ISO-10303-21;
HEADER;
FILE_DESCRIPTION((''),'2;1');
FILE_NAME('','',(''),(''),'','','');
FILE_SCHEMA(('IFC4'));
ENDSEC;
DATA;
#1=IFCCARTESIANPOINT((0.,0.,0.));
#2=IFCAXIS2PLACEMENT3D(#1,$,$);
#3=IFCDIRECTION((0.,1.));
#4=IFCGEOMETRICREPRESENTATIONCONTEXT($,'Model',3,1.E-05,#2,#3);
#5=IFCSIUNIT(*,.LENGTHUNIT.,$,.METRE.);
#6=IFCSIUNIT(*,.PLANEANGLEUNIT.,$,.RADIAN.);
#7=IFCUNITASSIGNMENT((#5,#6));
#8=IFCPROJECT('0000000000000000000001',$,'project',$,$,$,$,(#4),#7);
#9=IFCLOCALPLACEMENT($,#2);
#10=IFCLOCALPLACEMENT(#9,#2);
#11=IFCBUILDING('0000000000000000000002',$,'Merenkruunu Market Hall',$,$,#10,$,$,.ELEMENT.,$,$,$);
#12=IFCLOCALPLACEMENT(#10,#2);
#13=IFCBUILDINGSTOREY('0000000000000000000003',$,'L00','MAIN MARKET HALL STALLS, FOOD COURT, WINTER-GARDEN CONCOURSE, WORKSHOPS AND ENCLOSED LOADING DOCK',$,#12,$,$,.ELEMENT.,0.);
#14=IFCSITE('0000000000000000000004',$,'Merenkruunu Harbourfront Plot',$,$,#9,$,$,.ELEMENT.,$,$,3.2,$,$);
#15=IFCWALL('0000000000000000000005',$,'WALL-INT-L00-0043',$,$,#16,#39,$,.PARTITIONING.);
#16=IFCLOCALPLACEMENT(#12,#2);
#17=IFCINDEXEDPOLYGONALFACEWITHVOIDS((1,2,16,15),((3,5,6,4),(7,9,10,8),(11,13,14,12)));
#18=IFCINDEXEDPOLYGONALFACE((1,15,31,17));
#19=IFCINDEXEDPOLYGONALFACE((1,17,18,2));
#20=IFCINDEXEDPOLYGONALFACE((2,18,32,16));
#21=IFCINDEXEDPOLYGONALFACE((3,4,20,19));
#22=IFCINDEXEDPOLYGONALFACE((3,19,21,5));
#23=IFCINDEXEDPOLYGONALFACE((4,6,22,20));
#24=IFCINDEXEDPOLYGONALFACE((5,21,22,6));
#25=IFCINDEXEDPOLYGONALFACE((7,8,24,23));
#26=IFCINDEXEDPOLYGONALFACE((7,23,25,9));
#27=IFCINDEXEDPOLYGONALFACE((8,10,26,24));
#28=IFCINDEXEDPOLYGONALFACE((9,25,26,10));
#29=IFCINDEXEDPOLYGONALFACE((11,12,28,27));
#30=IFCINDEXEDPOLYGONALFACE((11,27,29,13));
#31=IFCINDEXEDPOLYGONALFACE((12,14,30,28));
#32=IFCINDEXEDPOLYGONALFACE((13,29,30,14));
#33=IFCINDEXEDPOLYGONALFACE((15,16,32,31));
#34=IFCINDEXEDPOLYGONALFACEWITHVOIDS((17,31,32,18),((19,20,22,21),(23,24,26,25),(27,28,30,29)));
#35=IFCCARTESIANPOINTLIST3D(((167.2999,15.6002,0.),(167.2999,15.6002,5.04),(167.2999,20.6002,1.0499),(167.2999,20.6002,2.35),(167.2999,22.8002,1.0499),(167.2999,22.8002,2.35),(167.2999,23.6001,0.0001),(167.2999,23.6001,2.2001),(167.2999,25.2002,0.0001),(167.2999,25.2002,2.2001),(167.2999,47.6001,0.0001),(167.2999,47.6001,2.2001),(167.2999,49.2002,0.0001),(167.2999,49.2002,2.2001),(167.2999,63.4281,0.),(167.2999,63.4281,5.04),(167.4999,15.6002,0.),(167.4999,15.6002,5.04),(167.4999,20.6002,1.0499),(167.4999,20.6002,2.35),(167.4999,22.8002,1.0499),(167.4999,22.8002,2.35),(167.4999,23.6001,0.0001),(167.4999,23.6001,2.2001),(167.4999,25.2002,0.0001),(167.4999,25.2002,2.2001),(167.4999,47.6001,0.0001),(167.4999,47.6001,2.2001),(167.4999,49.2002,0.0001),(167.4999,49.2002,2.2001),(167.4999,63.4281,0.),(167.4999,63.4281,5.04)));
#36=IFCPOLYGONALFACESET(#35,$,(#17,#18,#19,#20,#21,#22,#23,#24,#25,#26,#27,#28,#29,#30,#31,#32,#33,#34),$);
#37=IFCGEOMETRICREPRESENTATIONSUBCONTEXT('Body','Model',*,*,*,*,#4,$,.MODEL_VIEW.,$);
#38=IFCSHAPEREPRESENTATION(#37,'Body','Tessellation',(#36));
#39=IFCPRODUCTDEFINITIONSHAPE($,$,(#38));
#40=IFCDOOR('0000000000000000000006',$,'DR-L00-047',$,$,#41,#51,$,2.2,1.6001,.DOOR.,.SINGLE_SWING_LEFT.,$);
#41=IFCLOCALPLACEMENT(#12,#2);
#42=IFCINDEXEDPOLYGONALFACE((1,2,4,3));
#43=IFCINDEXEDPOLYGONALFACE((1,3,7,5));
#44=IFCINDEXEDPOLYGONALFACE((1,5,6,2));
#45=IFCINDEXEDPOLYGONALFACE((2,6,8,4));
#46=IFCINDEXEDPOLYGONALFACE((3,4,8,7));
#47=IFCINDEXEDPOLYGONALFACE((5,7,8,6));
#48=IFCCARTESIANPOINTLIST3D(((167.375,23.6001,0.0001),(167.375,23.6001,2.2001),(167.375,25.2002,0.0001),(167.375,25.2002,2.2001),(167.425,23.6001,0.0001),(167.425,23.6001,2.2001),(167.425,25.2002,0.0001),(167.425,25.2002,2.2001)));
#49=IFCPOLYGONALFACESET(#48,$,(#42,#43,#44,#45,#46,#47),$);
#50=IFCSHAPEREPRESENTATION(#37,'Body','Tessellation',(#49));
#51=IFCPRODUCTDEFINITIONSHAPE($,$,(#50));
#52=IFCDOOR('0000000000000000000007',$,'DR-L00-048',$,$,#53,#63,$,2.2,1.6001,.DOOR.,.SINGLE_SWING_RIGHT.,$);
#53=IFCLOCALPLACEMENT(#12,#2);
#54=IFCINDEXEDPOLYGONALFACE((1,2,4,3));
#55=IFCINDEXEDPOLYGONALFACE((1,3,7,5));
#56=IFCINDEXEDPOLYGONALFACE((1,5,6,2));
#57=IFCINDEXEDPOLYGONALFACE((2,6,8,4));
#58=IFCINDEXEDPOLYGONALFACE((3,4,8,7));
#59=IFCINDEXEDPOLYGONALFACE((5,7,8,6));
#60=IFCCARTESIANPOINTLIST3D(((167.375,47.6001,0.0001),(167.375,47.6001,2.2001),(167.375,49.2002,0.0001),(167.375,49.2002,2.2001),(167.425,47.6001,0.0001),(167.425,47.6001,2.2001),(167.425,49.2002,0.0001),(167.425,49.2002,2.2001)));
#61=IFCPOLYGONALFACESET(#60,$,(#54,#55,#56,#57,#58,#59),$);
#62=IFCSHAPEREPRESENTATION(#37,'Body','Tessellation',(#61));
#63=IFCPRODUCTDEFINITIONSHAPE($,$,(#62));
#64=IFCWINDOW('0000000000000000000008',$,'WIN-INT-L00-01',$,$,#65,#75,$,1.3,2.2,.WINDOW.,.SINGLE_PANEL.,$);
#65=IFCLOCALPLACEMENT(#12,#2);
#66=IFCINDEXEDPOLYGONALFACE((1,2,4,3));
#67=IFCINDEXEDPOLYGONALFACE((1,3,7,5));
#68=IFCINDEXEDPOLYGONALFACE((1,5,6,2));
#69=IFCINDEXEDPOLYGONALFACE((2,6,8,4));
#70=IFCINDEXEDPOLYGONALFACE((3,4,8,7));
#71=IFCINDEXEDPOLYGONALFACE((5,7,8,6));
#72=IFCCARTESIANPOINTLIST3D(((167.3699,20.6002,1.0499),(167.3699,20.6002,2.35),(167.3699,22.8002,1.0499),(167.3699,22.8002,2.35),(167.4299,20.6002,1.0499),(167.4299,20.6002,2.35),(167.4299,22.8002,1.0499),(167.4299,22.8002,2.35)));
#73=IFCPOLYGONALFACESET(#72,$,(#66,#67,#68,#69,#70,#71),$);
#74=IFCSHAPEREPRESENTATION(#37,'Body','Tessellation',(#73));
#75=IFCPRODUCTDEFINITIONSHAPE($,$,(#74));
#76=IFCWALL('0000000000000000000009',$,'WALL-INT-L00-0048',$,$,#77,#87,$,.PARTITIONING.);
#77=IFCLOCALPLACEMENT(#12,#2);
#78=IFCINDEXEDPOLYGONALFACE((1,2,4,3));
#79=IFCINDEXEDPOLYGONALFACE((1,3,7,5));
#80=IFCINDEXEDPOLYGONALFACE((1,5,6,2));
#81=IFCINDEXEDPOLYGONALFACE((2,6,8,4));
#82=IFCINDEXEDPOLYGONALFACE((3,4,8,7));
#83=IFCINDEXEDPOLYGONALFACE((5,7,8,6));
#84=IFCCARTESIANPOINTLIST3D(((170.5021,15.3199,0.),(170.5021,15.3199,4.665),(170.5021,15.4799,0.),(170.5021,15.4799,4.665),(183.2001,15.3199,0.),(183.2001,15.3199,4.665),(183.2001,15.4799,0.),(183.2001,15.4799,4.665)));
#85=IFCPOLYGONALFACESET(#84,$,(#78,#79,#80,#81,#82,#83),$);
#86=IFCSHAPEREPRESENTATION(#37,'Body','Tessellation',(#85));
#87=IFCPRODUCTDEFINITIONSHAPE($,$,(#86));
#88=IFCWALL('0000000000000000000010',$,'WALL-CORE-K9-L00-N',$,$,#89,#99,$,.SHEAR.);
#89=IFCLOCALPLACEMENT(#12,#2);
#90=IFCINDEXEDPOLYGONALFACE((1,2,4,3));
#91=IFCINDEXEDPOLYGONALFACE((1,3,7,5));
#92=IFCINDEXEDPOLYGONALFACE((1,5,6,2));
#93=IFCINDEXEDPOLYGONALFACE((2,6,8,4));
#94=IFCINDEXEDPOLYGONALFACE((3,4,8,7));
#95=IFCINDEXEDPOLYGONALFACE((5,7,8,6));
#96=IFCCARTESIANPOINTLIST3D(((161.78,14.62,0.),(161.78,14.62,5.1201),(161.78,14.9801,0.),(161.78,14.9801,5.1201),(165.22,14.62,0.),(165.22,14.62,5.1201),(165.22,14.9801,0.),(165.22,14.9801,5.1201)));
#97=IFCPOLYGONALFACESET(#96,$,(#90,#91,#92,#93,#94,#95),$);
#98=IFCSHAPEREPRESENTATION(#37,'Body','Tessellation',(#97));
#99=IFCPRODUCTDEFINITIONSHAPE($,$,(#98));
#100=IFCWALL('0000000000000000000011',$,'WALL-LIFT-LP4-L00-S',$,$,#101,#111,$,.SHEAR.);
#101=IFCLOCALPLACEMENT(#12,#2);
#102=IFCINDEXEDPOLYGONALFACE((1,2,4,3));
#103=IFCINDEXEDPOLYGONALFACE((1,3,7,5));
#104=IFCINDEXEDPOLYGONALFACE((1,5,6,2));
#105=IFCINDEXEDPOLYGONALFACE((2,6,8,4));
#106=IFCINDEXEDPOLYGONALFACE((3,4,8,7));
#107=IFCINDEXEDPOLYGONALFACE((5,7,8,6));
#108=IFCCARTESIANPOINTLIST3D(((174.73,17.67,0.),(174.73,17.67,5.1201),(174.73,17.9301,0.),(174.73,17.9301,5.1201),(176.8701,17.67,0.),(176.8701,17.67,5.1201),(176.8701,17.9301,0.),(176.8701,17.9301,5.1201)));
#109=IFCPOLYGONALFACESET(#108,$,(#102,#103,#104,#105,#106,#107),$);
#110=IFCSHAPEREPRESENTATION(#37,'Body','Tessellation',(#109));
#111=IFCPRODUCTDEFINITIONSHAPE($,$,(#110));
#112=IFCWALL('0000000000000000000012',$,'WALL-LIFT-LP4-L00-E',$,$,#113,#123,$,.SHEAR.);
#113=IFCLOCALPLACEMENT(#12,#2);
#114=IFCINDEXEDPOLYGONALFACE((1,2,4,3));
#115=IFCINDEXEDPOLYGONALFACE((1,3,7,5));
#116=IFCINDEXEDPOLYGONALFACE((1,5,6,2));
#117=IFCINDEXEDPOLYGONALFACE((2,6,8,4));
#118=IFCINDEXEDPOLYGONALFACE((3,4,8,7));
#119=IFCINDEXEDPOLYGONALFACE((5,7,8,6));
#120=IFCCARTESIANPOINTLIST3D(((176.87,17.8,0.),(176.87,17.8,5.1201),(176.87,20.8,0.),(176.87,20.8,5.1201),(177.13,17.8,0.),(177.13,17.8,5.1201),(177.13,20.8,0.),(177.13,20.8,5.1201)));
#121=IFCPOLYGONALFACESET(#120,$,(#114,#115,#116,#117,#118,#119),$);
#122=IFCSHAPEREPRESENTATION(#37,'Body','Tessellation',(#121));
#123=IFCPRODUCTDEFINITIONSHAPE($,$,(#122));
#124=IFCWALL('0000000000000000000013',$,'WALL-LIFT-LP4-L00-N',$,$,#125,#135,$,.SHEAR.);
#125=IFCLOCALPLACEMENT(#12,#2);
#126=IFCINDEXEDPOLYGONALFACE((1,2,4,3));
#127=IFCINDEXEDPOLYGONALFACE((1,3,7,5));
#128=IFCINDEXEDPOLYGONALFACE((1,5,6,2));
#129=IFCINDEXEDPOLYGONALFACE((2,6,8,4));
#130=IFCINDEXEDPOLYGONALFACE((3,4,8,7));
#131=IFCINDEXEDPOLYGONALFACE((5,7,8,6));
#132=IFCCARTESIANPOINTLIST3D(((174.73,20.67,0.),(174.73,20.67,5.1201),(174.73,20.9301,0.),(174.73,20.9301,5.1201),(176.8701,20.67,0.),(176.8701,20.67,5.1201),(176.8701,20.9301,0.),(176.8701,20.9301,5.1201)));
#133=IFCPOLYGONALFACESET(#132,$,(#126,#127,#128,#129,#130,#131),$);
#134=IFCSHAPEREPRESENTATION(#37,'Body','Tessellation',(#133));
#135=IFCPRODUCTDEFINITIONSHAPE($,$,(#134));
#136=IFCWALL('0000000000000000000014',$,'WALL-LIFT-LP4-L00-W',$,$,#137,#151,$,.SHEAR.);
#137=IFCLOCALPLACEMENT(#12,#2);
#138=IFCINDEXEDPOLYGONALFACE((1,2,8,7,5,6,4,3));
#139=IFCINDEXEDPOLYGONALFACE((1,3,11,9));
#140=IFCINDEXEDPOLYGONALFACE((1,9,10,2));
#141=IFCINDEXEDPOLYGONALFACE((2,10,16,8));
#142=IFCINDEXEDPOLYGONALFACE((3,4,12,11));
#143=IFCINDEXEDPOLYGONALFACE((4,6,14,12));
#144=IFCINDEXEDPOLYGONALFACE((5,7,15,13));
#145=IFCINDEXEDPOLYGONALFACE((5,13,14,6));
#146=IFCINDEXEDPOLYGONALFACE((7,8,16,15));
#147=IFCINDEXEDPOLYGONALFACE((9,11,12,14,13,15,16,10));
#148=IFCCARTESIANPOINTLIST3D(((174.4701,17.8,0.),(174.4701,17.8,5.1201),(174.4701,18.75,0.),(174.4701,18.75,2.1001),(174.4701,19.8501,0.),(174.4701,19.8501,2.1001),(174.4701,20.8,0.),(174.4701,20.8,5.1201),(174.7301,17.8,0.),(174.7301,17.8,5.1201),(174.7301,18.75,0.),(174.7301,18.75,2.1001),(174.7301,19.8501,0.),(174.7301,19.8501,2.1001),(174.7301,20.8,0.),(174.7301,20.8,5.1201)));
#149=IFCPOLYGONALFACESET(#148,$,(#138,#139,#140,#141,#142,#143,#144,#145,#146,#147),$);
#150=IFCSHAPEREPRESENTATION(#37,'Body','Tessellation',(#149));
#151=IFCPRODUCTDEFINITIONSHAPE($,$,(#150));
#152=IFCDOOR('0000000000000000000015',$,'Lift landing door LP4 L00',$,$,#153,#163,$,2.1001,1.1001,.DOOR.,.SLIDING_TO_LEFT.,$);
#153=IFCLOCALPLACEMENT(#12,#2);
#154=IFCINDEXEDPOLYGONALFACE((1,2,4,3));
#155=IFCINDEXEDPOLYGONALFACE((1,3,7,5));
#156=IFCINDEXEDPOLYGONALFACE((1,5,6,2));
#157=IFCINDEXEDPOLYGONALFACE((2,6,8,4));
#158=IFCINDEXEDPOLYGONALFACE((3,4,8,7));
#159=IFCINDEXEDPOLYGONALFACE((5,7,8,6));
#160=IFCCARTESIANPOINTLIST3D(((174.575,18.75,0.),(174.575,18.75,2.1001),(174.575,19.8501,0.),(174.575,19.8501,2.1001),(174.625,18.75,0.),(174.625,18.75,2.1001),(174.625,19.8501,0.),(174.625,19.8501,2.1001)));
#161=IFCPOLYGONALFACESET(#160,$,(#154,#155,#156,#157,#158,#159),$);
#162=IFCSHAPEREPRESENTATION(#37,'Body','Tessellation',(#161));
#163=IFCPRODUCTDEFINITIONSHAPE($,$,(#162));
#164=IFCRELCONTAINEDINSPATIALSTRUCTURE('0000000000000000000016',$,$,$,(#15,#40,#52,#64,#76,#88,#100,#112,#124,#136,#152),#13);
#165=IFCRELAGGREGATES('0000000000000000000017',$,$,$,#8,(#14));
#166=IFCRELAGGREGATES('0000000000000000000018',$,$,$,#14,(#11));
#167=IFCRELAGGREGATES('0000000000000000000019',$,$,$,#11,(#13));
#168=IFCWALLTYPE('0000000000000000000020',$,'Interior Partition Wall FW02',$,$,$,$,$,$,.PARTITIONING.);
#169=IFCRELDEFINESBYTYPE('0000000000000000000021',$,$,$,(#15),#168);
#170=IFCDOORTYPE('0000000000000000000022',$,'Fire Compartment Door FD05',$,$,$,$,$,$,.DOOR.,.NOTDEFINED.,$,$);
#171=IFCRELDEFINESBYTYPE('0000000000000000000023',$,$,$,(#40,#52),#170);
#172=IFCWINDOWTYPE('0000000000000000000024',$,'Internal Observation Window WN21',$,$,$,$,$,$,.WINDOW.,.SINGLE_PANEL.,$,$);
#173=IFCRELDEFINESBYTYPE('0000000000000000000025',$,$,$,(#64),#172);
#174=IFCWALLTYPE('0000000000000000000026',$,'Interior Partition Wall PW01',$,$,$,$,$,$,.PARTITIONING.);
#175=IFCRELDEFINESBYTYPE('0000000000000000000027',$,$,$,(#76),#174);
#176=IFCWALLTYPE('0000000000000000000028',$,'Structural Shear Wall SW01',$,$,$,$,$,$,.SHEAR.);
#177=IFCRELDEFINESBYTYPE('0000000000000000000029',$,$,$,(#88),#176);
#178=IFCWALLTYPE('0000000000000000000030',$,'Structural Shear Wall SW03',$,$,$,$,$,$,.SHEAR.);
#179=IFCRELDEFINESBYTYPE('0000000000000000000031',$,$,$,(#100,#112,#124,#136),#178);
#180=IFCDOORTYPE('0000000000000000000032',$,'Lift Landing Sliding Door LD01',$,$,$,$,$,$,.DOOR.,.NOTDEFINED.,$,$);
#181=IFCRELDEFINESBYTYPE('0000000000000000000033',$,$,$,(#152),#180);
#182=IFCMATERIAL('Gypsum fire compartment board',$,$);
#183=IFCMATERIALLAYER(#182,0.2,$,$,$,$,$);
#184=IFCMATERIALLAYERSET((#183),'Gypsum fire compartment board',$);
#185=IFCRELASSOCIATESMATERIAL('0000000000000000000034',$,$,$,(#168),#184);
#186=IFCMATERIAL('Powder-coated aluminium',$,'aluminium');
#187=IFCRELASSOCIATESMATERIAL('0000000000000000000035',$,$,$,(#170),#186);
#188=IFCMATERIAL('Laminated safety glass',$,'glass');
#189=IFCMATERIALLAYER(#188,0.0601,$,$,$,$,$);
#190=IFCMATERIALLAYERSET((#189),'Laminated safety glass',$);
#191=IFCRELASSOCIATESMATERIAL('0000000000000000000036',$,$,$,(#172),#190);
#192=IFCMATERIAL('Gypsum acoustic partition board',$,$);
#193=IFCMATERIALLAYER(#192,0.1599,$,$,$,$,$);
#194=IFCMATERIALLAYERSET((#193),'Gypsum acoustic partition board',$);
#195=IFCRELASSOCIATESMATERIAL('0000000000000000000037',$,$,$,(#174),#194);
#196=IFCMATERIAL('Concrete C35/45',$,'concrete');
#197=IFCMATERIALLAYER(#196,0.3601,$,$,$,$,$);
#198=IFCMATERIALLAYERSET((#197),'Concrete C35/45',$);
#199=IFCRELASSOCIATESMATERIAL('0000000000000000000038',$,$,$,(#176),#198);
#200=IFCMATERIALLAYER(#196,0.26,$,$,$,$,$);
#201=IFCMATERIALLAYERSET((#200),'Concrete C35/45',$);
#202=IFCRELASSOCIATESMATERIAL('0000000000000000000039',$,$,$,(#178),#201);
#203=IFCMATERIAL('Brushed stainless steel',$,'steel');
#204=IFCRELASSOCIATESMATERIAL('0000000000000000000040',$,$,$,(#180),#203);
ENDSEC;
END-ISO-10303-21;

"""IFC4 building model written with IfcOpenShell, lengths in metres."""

from ifc_helpers import new_model, si_unit, direction, frame, frame_2d, origin, place, context, subcontext, project, spatial, rectangle, extrude, material, layer, layer_set, type_object, element, fill, save


model = new_model("IFC4")

# Units and contexts
model_context = context("Model", 3, precision=1e-05, world=origin(), true_north=direction((0.0, 1.0)))
body_context = subcontext(model_context, "Body", "Model", "MODEL_VIEW")
ifc_project = project(units=[si_unit("LENGTHUNIT", "METRE"), si_unit("PLANEANGLEUNIT", "RADIAN")], contexts=[model_context])

# Site, building, storey
site_placement = place(None, origin())
site = spatial("IfcSite", under=ifc_project, at=site_placement, Name="Merenkruunu Harbourfront Plot", CompositionType="ELEMENT", RefElevation=3.2)
building_placement = place(site_placement, origin())
building = spatial("IfcBuilding", under=site, at=building_placement, Name="Merenkruunu Market Hall", CompositionType="ELEMENT")
storey_placement = place(building_placement, origin())
storey = spatial("IfcBuildingStorey", under=building, at=storey_placement, Name="L00", Description="MAIN MARKET HALL STALLS, FOOD COURT, WINTER-GARDEN CONCOURSE, WORKSHOPS AND ENCLOSED LOADING DOCK", CompositionType="ELEMENT", Elevation=0.0)

# Wall, openings, doors, window
ifc_material_1 = material(Name="Gypsum fire compartment board")
ifc_layer_1 = layer(ifc_material_1, 0.2)
ifc_layer_set_1 = layer_set([ifc_layer_1], Name="Gypsum fire compartment board")
wall_type_1 = type_object("IfcWallType", Name="Interior Partition Wall FW02", PredefinedType="PARTITIONING", material=ifc_layer_set_1)
wall_1_placement = place(storey_placement, frame((167.3999, 15.6001, 0.0), z_axis=(0.0, 0.0, 1.0), x_axis=(0.0, 1.0, 0.0)))
wall_1 = element("IfcWall", 1, at=wall_1_placement, inside=storey, type_object=wall_type_1, Name="WALL-INT-L00-0043", PredefinedType="PARTITIONING", context=body_context, shape_type="SweptSolid", body=[
    extrude(rectangle(XDim=47.8279, YDim=0.2, at=frame_2d((23.9141, 0.0))), origin(), (0.0, 0.0, 1.0), 5.04),
])
opening_1_placement = place(wall_1_placement, frame((8.0, 0.0, 0.0)))
opening_1 = element("IfcOpeningElement", 2, at=opening_1_placement, cuts=wall_1, PredefinedType="OPENING", context=body_context, shape_type="SweptSolid", body=[
    extrude(rectangle(XDim=1.6001, YDim=2.2, at=frame_2d((0.8, 1.1001))), frame((0.0, 0.1099, 0.0), z_axis=(0.0, -1.0, 0.0), x_axis=(1.0, 0.0, 0.0)), (0.0, 0.0, 1.0), 0.22),
])
opening_2_placement = place(wall_1_placement, frame((32.0, 0.0, 0.0)))
opening_2 = element("IfcOpeningElement", 3, at=opening_2_placement, cuts=wall_1, PredefinedType="OPENING", context=body_context, shape_type="SweptSolid", body=[
    extrude(rectangle(XDim=1.6001, YDim=2.2, at=frame_2d((0.8, 1.1001))), frame((0.0, 0.1099, 0.0), z_axis=(0.0, -1.0, 0.0), x_axis=(1.0, 0.0, 0.0)), (0.0, 0.0, 1.0), 0.22),
])
opening_3_placement = place(wall_1_placement, frame((5.0, 0.0, 1.05)))
opening_3 = element("IfcOpeningElement", 4, at=opening_3_placement, cuts=wall_1, PredefinedType="OPENING", context=body_context, shape_type="SweptSolid", body=[
    extrude(rectangle(XDim=2.2, YDim=1.3, at=frame_2d((1.1001, 0.6499))), frame((0.0, 0.1099, 0.0), z_axis=(0.0, -1.0, 0.0), x_axis=(1.0, 0.0, 0.0)), (0.0, 0.0, 1.0), 0.22),
])
ifc_material_2 = material(Name="Powder-coated aluminium", Category="aluminium")
door_type_1 = type_object("IfcDoorType", Name="Fire Compartment Door FD05", OperationType="NOTDEFINED", PredefinedType="DOOR", material=ifc_material_2)
door_1_placement = place(opening_1_placement, origin())
door_1 = element("IfcDoor", 5, at=door_1_placement, inside=storey, type_object=door_type_1, Name="DR-L00-047", OperationType="SINGLE_SWING_LEFT", OverallHeight=2.2, OverallWidth=1.6001, PredefinedType="DOOR", context=body_context, shape_type="SweptSolid", body=[
    extrude(rectangle(XDim=1.6001, YDim=2.2, at=frame_2d((0.8, 1.1001))), frame((0.0, 0.0249, 0.0), z_axis=(0.0, -1.0, 0.0), x_axis=(1.0, 0.0, 0.0)), (0.0, 0.0, 1.0), 0.05),
])
fill(opening_1, door_1)
door_2_placement = place(opening_2_placement, origin())
door_2 = element("IfcDoor", 6, at=door_2_placement, inside=storey, type_object=door_type_1, Name="DR-L00-048", OperationType="SINGLE_SWING_RIGHT", OverallHeight=2.2, OverallWidth=1.6001, PredefinedType="DOOR", context=body_context, shape_type="SweptSolid", body=[
    extrude(rectangle(XDim=1.6001, YDim=2.2, at=frame_2d((0.8, 1.1001))), frame((0.0, 0.0249, 0.0), z_axis=(0.0, -1.0, 0.0), x_axis=(1.0, 0.0, 0.0)), (0.0, 0.0, 1.0), 0.05),
])
fill(opening_2, door_2)
ifc_material_3 = material(Name="Laminated safety glass", Category="glass")
ifc_layer_2 = layer(ifc_material_3, 0.0601)
ifc_layer_set_2 = layer_set([ifc_layer_2], Name="Laminated safety glass")
window_type = type_object("IfcWindowType", Name="Internal Observation Window WN21", PartitioningType="SINGLE_PANEL", PredefinedType="WINDOW", material=ifc_layer_set_2)
window_placement = place(opening_3_placement, origin())
window = element("IfcWindow", 7, at=window_placement, inside=storey, type_object=window_type, Name="WIN-INT-L00-01", OverallHeight=1.3, OverallWidth=2.2, PartitioningType="SINGLE_PANEL", PredefinedType="WINDOW", context=body_context, shape_type="SweptSolid", body=[
    extrude(rectangle(XDim=2.2, YDim=1.3, at=frame_2d((1.1001, 0.6499))), frame((0.0, 0.03, 0.0), z_axis=(0.0, -1.0, 0.0), x_axis=(1.0, 0.0, 0.0)), (0.0, 0.0, 1.0), 0.0601),
])
fill(opening_3, window)

# Walls
ifc_material_4 = material(Name="Gypsum acoustic partition board")
ifc_layer_3 = layer(ifc_material_4, 0.1599)
ifc_layer_set_3 = layer_set([ifc_layer_3], Name="Gypsum acoustic partition board")
wall_type_2 = type_object("IfcWallType", Name="Interior Partition Wall PW01", PredefinedType="PARTITIONING", material=ifc_layer_set_3)
wall_2_placement = place(storey_placement, frame((170.502, 15.3999, 0.0), z_axis=(0.0, 0.0, 1.0), x_axis=(1.0, 0.0, 0.0)))
element("IfcWall", 8, at=wall_2_placement, inside=storey, type_object=wall_type_2, Name="WALL-INT-L00-0048", PredefinedType="PARTITIONING", context=body_context, shape_type="SweptSolid", body=[
    extrude(rectangle(XDim=12.698, YDim=0.1599, at=frame_2d((6.3491, 0.0))), origin(), (0.0, 0.0, 1.0), 4.665),
])
ifc_material_5 = material(Name="Concrete C35/45", Category="concrete")
ifc_layer_4 = layer(ifc_material_5, 0.3601)
ifc_layer_set_4 = layer_set([ifc_layer_4], Name="Concrete C35/45")
wall_type_3 = type_object("IfcWallType", Name="Structural Shear Wall SW01", PredefinedType="SHEAR", material=ifc_layer_set_4)
wall_3_placement = place(storey_placement, frame((165.22, 14.8, 0.0), z_axis=(0.0, 0.0, 1.0), x_axis=(-1.0, 0.0, 0.0)))
element("IfcWall", 9, at=wall_3_placement, inside=storey, type_object=wall_type_3, Name="WALL-CORE-K9-L00-N", PredefinedType="SHEAR", context=body_context, shape_type="SweptSolid", body=[
    extrude(rectangle(XDim=3.4399, YDim=0.3601, at=frame_2d((1.72, 0.0))), origin(), (0.0, 0.0, 1.0), 5.1201),
])
ifc_layer_5 = layer(ifc_material_5, 0.26)
ifc_layer_set_5 = layer_set([ifc_layer_5], Name="Concrete C35/45")
wall_type_4 = type_object("IfcWallType", Name="Structural Shear Wall SW03", PredefinedType="SHEAR", material=ifc_layer_set_5)
wall_4_placement = place(storey_placement, frame((174.73, 17.8, 0.0), z_axis=(0.0, 0.0, 1.0), x_axis=(1.0, 0.0, 0.0)))
element("IfcWall", 10, at=wall_4_placement, inside=storey, type_object=wall_type_4, Name="WALL-LIFT-LP4-L00-S", PredefinedType="SHEAR", context=body_context, shape_type="SweptSolid", body=[
    extrude(rectangle(XDim=2.1401, YDim=0.26, at=frame_2d((1.0701, 0.0))), origin(), (0.0, 0.0, 1.0), 5.1201),
])
wall_5_placement = place(storey_placement, frame((177.0, 17.8, 0.0), z_axis=(0.0, 0.0, 1.0), x_axis=(0.0, 1.0, 0.0)))
element("IfcWall", 11, at=wall_5_placement, inside=storey, type_object=wall_type_4, Name="WALL-LIFT-LP4-L00-E", PredefinedType="SHEAR", context=body_context, shape_type="SweptSolid", body=[
    extrude(rectangle(XDim=3.0, YDim=0.26, at=frame_2d((1.5, 0.0))), origin(), (0.0, 0.0, 1.0), 5.1201),
])
wall_6_placement = place(storey_placement, frame((176.8701, 20.8, 0.0), z_axis=(0.0, 0.0, 1.0), x_axis=(-1.0, 0.0, 0.0)))
element("IfcWall", 12, at=wall_6_placement, inside=storey, type_object=wall_type_4, Name="WALL-LIFT-LP4-L00-N", PredefinedType="SHEAR", context=body_context, shape_type="SweptSolid", body=[
    extrude(rectangle(XDim=2.1401, YDim=0.26, at=frame_2d((1.0701, 0.0))), origin(), (0.0, 0.0, 1.0), 5.1201),
])

# Wall, opening, door
wall_7_placement = place(storey_placement, frame((174.6001, 20.8, 0.0), z_axis=(0.0, 0.0, 1.0), x_axis=(0.0, -1.0, 0.0)))
wall_7 = element("IfcWall", 13, at=wall_7_placement, inside=storey, type_object=wall_type_4, Name="WALL-LIFT-LP4-L00-W", PredefinedType="SHEAR", context=body_context, shape_type="SweptSolid", body=[
    extrude(rectangle(XDim=3.0, YDim=0.26, at=frame_2d((1.5, 0.0))), origin(), (0.0, 0.0, 1.0), 5.1201),
])
opening_4_placement = place(wall_7_placement, frame((0.95, 0.0, 0.0)))
opening_4 = element("IfcOpeningElement", 14, at=opening_4_placement, cuts=wall_7, PredefinedType="OPENING", context=body_context, shape_type="SweptSolid", body=[
    extrude(rectangle(XDim=1.1001, YDim=2.1001, at=frame_2d((0.55, 1.05))), frame((0.0, 0.1401, 0.0), z_axis=(0.0, -1.0, 0.0), x_axis=(1.0, 0.0, 0.0)), (0.0, 0.0, 1.0), 0.28),
])
ifc_material_6 = material(Name="Brushed stainless steel", Category="steel")
door_type_2 = type_object("IfcDoorType", Name="Lift Landing Sliding Door LD01", OperationType="NOTDEFINED", PredefinedType="DOOR", material=ifc_material_6)
door_3_placement = place(opening_4_placement, origin())
door_3 = element("IfcDoor", 15, at=door_3_placement, inside=storey, type_object=door_type_2, Name="Lift landing door LP4 L00", OperationType="SLIDING_TO_LEFT", OverallHeight=2.1001, OverallWidth=1.1001, PredefinedType="DOOR", context=body_context, shape_type="SweptSolid", body=[
    extrude(rectangle(XDim=1.1001, YDim=2.1001, at=frame_2d((0.55, 1.05))), frame((0.0, 0.0249, 0.0), z_axis=(0.0, -1.0, 0.0), x_axis=(1.0, 0.0, 0.0)), (0.0, 0.0, 1.0), 0.05),
])
fill(opening_4, door_3)

save(model, "model.ifc")
